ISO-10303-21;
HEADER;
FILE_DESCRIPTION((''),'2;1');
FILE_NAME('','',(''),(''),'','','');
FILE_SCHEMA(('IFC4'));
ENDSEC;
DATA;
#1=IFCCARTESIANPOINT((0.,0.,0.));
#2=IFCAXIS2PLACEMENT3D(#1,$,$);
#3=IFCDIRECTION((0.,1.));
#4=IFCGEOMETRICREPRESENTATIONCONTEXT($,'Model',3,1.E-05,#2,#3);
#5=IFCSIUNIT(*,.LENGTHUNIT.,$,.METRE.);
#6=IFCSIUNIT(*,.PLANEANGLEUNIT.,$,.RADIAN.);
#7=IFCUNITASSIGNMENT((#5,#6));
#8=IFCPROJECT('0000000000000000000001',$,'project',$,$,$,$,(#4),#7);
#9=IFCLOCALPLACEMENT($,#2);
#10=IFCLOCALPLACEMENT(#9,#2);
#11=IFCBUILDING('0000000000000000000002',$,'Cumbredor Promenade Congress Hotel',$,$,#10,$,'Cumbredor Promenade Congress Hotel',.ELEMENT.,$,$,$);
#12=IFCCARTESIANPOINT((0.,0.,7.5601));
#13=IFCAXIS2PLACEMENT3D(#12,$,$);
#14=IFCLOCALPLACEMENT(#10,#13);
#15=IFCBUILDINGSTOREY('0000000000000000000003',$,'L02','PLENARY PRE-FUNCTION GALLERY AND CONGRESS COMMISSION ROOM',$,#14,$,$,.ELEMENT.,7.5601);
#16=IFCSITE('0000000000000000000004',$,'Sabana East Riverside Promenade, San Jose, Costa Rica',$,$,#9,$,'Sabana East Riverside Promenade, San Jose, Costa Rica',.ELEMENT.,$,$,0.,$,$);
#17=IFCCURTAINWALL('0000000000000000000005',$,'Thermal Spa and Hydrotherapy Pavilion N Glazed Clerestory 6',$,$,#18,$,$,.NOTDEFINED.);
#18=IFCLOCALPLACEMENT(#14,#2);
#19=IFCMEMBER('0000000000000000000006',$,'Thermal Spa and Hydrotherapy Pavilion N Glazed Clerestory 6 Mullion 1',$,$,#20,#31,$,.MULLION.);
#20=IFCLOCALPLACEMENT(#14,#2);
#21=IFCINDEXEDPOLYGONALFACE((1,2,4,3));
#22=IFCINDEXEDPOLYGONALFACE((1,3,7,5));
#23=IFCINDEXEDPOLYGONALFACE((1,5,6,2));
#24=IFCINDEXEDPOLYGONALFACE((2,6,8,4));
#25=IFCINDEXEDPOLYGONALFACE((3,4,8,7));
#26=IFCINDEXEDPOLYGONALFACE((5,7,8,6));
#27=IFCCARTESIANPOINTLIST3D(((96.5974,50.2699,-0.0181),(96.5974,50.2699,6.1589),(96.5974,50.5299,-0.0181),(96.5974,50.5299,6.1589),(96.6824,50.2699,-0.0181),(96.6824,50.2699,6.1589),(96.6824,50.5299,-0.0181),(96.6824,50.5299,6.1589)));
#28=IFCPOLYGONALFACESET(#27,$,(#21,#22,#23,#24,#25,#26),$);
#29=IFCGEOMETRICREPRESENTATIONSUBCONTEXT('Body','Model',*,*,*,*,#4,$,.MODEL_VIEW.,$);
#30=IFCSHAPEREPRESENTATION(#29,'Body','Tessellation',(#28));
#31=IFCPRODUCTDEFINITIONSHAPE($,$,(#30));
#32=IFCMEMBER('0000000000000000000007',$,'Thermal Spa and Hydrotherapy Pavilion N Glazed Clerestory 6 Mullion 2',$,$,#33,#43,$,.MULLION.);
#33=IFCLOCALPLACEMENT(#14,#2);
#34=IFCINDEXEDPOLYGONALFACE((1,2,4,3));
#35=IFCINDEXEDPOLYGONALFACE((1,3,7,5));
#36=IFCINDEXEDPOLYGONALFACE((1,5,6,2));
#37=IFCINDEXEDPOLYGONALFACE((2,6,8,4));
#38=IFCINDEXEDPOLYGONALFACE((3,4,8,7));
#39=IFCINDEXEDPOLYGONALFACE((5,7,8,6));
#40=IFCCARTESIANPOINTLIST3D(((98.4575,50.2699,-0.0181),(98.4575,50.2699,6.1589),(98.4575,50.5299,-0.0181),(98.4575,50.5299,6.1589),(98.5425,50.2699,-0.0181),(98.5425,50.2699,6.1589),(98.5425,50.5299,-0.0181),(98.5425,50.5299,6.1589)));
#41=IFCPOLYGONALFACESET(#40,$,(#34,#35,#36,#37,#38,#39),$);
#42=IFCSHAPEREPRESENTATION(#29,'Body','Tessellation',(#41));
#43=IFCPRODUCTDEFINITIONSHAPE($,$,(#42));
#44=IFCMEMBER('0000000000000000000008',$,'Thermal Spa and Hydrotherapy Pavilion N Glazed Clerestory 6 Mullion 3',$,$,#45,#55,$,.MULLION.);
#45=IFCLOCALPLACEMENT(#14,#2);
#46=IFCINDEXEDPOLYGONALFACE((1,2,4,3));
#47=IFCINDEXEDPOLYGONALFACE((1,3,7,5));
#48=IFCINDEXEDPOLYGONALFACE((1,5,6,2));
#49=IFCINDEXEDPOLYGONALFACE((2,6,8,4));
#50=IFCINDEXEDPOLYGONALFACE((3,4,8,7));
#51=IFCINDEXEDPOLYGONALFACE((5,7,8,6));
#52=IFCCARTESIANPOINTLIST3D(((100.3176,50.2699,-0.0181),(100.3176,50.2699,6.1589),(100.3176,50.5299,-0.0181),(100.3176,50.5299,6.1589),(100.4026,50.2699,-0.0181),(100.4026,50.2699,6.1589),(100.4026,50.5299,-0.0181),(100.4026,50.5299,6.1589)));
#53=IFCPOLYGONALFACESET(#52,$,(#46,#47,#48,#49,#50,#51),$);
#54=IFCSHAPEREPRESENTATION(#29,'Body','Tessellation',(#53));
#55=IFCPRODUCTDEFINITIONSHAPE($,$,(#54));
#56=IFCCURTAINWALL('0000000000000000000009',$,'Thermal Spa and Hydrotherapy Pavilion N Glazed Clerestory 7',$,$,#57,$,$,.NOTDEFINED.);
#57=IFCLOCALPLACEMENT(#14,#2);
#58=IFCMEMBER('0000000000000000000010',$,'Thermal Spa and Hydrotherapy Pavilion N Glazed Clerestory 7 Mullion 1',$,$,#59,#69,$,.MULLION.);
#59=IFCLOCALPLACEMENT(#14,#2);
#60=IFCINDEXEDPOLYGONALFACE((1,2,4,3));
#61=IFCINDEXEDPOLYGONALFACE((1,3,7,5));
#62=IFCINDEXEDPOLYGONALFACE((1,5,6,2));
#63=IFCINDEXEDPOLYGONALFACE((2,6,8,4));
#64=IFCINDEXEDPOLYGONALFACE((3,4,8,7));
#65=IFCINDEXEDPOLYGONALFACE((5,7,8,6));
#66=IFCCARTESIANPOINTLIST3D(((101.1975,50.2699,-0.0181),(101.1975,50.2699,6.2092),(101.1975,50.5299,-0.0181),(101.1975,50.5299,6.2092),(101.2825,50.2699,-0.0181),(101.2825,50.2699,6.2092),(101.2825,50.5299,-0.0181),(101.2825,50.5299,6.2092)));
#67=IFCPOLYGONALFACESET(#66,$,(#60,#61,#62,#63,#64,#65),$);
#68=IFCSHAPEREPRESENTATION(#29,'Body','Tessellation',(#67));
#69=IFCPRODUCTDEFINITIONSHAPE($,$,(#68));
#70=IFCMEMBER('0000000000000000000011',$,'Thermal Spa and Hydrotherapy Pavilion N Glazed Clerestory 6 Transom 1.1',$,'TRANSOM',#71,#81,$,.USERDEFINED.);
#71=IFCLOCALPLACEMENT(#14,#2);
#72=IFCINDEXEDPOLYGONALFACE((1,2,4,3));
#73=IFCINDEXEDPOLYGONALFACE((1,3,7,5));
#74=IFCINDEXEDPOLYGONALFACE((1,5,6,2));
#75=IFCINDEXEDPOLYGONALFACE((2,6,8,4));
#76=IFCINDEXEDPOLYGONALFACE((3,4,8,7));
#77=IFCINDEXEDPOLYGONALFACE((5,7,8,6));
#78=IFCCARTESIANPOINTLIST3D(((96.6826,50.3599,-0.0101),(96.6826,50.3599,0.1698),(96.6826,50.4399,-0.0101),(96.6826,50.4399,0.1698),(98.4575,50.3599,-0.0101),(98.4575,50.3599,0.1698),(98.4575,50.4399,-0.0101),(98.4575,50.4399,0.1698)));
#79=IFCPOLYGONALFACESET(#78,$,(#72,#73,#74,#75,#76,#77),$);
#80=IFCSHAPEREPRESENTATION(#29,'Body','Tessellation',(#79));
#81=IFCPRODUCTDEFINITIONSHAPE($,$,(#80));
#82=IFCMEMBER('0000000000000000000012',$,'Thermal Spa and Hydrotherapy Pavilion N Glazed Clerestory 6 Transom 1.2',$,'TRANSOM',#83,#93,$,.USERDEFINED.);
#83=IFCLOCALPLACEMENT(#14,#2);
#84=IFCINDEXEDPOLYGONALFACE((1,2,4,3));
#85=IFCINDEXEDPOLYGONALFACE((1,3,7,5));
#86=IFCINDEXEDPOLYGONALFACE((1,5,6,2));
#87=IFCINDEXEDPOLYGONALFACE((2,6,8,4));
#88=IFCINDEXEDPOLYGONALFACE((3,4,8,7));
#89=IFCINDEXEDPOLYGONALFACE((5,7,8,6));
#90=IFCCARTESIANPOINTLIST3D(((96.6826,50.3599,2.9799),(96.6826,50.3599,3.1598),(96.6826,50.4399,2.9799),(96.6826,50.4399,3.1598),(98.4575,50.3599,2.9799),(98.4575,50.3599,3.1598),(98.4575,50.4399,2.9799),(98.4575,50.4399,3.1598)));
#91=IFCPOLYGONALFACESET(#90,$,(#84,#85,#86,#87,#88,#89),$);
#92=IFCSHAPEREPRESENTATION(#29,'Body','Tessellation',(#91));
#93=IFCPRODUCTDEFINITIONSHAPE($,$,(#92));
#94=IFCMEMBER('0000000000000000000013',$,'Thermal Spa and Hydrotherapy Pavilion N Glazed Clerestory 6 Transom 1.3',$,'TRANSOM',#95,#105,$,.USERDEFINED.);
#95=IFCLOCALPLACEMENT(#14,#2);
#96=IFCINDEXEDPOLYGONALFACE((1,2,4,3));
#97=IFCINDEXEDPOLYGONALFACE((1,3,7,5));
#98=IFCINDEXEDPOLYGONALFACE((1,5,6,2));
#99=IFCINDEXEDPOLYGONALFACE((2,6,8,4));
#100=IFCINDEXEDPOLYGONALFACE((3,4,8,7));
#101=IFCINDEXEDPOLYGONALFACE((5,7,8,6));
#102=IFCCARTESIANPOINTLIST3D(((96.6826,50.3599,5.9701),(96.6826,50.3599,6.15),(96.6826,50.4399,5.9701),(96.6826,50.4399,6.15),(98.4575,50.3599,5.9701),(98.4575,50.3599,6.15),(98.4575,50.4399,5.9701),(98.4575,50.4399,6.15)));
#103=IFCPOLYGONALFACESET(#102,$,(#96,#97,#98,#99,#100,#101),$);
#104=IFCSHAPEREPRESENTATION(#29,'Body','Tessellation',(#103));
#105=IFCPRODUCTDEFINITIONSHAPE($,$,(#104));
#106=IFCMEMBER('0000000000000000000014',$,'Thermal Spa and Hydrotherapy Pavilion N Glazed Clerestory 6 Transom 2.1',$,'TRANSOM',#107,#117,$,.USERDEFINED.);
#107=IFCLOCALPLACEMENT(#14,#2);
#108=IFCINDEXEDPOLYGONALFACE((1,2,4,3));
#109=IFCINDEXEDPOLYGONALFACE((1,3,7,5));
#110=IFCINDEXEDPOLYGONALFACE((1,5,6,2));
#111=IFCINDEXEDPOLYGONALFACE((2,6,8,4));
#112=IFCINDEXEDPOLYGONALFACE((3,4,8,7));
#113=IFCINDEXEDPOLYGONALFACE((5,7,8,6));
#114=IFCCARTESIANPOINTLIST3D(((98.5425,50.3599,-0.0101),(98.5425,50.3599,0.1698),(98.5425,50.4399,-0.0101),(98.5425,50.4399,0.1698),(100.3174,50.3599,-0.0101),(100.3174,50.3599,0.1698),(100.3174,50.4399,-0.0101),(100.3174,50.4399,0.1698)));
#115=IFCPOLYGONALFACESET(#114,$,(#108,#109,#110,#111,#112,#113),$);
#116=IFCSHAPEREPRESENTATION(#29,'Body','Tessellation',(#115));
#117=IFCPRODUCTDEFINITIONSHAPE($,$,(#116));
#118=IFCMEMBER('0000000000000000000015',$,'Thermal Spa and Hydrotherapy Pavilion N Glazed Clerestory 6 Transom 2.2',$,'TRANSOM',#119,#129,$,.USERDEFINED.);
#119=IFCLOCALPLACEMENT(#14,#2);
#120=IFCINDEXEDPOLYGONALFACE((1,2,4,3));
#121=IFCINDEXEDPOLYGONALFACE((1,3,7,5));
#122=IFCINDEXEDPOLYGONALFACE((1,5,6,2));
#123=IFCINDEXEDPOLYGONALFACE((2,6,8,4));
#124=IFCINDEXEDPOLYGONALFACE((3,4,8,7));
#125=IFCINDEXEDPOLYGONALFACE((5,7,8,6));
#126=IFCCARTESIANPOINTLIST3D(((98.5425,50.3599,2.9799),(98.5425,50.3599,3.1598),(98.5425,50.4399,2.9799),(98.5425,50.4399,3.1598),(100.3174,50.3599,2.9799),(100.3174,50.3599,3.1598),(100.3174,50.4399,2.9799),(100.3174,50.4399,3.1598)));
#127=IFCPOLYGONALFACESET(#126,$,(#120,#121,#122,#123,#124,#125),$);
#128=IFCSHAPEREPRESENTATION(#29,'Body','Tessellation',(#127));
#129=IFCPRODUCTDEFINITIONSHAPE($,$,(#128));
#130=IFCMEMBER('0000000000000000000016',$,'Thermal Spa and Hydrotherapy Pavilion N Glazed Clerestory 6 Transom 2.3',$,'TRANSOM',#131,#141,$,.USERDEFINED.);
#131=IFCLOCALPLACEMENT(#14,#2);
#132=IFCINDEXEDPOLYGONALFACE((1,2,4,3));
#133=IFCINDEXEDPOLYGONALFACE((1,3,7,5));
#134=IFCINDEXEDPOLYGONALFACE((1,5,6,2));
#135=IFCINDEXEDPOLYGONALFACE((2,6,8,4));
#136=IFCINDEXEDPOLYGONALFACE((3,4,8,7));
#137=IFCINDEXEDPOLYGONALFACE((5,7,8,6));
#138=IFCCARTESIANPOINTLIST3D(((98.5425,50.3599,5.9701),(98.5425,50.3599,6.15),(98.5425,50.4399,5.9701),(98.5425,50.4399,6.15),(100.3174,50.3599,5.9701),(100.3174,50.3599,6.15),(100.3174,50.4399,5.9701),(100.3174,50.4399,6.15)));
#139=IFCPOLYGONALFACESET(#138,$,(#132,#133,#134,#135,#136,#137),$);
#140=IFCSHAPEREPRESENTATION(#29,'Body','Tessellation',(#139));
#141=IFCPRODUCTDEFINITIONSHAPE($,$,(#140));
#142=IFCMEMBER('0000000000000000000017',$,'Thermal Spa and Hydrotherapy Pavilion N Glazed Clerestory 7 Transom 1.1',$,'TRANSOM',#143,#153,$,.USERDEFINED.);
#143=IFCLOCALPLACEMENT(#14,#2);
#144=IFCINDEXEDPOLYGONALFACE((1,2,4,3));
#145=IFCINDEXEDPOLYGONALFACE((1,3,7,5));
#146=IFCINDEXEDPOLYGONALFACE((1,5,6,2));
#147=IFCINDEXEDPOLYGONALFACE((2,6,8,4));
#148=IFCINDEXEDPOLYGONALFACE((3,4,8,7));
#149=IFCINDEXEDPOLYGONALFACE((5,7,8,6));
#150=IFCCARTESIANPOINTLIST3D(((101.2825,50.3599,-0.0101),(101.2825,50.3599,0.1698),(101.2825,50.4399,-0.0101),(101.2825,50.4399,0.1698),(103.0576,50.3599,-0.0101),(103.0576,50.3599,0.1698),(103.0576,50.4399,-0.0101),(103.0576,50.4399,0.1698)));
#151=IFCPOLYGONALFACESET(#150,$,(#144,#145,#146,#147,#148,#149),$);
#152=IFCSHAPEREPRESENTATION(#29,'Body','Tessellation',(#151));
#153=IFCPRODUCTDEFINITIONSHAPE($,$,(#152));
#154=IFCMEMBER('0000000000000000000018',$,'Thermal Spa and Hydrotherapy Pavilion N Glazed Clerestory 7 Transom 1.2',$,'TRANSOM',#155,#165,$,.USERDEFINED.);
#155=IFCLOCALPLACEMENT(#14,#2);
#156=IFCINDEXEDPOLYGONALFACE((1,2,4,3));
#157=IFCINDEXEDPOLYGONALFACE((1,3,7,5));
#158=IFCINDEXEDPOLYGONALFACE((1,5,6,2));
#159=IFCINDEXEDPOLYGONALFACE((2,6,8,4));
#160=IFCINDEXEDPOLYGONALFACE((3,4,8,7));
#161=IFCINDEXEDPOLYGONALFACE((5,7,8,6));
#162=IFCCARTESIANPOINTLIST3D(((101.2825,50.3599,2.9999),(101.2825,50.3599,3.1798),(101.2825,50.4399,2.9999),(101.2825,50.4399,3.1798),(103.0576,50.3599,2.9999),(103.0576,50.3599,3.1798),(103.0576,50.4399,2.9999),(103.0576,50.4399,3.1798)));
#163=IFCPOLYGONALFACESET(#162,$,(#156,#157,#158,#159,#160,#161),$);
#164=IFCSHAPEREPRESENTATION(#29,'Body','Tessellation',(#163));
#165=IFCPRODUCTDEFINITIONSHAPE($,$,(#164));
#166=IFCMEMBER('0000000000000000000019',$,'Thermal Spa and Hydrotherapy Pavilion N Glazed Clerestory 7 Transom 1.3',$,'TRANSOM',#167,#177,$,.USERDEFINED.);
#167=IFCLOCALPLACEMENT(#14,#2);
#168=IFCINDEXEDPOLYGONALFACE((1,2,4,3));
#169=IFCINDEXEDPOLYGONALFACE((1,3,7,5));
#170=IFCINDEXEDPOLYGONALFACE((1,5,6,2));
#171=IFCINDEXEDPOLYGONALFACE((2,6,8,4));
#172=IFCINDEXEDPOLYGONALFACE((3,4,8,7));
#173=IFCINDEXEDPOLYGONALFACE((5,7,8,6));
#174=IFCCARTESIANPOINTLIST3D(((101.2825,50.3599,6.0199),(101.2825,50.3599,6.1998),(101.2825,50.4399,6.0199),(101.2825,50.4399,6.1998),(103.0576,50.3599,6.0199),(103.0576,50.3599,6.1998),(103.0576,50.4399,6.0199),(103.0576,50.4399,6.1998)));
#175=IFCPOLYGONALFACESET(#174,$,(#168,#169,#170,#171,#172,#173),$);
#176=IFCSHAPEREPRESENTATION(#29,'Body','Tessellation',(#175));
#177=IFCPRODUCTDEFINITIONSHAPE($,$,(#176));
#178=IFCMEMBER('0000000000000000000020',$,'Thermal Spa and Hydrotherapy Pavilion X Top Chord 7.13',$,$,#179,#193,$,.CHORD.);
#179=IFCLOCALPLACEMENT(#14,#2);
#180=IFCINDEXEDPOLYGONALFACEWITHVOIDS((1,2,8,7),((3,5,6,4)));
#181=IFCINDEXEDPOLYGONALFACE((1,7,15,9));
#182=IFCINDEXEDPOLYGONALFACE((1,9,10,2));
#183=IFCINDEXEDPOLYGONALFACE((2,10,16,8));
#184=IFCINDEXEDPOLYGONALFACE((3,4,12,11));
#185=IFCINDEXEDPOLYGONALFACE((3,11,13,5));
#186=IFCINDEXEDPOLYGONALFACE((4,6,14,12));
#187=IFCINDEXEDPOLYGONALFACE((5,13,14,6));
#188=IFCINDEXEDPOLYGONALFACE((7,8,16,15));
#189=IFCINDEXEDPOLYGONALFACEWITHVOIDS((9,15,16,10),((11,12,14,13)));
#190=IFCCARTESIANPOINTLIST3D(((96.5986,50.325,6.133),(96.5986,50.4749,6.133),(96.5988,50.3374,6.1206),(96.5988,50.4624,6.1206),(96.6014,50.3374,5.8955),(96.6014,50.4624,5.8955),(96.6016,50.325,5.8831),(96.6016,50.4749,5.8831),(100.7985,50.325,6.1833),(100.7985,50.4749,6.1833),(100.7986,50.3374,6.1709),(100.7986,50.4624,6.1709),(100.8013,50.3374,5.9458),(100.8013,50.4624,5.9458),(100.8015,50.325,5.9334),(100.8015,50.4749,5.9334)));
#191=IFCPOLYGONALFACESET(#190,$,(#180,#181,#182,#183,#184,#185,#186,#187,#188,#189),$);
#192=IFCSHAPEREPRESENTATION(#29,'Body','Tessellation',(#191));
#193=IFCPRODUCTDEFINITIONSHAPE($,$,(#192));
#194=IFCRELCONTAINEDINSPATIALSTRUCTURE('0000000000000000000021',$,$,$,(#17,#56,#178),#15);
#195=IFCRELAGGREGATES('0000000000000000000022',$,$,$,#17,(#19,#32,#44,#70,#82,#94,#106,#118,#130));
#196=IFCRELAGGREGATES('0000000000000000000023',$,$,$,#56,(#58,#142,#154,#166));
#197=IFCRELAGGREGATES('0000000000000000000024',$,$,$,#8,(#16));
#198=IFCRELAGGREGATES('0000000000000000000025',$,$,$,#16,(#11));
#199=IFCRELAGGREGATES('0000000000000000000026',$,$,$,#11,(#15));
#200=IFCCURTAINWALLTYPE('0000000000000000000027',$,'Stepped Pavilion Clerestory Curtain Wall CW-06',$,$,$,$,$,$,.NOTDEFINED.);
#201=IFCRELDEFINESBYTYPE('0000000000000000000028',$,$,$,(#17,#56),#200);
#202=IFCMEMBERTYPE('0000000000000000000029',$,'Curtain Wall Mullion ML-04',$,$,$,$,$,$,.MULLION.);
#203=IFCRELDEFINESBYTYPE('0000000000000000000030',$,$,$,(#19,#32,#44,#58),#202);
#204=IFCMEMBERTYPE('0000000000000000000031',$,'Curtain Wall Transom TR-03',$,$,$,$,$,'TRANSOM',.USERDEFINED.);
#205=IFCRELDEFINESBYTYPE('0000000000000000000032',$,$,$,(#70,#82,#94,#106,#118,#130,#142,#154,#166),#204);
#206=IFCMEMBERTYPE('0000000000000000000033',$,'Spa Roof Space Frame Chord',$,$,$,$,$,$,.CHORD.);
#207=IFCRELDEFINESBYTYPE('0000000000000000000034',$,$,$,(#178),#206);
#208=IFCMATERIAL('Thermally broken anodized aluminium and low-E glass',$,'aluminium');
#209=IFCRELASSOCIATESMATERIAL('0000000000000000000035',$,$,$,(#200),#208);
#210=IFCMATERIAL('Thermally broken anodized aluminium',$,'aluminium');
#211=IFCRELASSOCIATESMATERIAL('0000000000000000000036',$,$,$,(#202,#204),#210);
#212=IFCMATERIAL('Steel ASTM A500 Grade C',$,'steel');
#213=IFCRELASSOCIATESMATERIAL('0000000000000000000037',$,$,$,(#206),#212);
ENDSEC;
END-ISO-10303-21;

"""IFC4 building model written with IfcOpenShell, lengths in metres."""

from ifc_helpers import new_model, si_unit, direction, frame, origin, origin_2d, place, context, subcontext, project, spatial, rectangle, hollow_rectangle, extrude, material, material_profile, profile_set, type_object, element, aggregate, save


model = new_model("IFC4")

# Units and contexts
model_context = context("Model", 3, precision=1e-05, world=origin(), true_north=direction((0.0, 1.0)))
body_context = subcontext(model_context, "Body", "Model", "MODEL_VIEW")
ifc_project = project(units=[si_unit("LENGTHUNIT", "METRE"), si_unit("PLANEANGLEUNIT", "RADIAN")], contexts=[model_context])

# Site, building, storey
site_placement = place(None, origin())
site = spatial("IfcSite", under=ifc_project, at=site_placement, Name="Sabana East Riverside Promenade, San Jose, Costa Rica", LongName="Sabana East Riverside Promenade, San Jose, Costa Rica", CompositionType="ELEMENT", RefElevation=0.0)
building_placement = place(site_placement, origin())
building = spatial("IfcBuilding", under=site, at=building_placement, Name="Cumbredor Promenade Congress Hotel", LongName="Cumbredor Promenade Congress Hotel", CompositionType="ELEMENT")
storey_placement = place(building_placement, frame((0.0, 0.0, 7.5601)))
storey = spatial("IfcBuildingStorey", under=building, at=storey_placement, Name="L02", Description="PLENARY PRE-FUNCTION GALLERY AND CONGRESS COMMISSION ROOM", CompositionType="ELEMENT", Elevation=7.5601)

# Curtain wall, members
ifc_material_1 = material(Name="Thermally broken anodized aluminium and low-E glass", Category="aluminium")
curtain_wall_type = type_object("IfcCurtainWallType", Name="Stepped Pavilion Clerestory Curtain Wall CW-06", PredefinedType="NOTDEFINED", material=ifc_material_1)
curtain_wall_1_placement = place(storey_placement, origin())
curtain_wall_1 = element("IfcCurtainWall", 1, at=curtain_wall_1_placement, inside=storey, type_object=curtain_wall_type, Name="Thermal Spa and Hydrotherapy Pavilion N Glazed Clerestory 6", PredefinedType="NOTDEFINED")
ifc_material_2 = material(Name="Thermally broken anodized aluminium", Category="aluminium")
ifc_material_profile_1 = material_profile(ifc_material_2, rectangle(XDim=0.085, YDim=0.26, at=origin_2d()), Name="ALU MULLION CLERESTORY 85x260")
ifc_profile_set_1 = profile_set([ifc_material_profile_1], Name="Thermally broken anodized aluminium")
member_type_1 = type_object("IfcMemberType", Name="Curtain Wall Mullion ML-04", PredefinedType="MULLION", material=ifc_profile_set_1)
member_1_placement = place(storey_placement, frame((96.6399, 50.3999, -0.0181), z_axis=(0.0, 0.0, 1.0), x_axis=(1.0, 0.0, 0.0)))
member_1 = element("IfcMember", 2, at=member_1_placement, type_object=member_type_1, Name="Thermal Spa and Hydrotherapy Pavilion N Glazed Clerestory 6 Mullion 1", PredefinedType="MULLION", context=body_context, shape_type="SweptSolid", body=[
    extrude(rectangle(XDim=0.085, YDim=0.26, at=origin_2d()), origin(), (0.0, 0.0, 1.0), 6.177),
])
member_2_placement = place(storey_placement, frame((98.5, 50.3999, -0.0181), z_axis=(0.0, 0.0, 1.0), x_axis=(1.0, 0.0, 0.0)))
member_2 = element("IfcMember", 3, at=member_2_placement, type_object=member_type_1, Name="Thermal Spa and Hydrotherapy Pavilion N Glazed Clerestory 6 Mullion 2", PredefinedType="MULLION", context=body_context, shape_type="SweptSolid", body=[
    extrude(rectangle(XDim=0.085, YDim=0.26, at=origin_2d()), origin(), (0.0, 0.0, 1.0), 6.177),
])
member_3_placement = place(storey_placement, frame((100.3601, 50.3999, -0.0181), z_axis=(0.0, 0.0, 1.0), x_axis=(1.0, 0.0, 0.0)))
member_3 = element("IfcMember", 4, at=member_3_placement, type_object=member_type_1, Name="Thermal Spa and Hydrotherapy Pavilion N Glazed Clerestory 6 Mullion 3", PredefinedType="MULLION", context=body_context, shape_type="SweptSolid", body=[
    extrude(rectangle(XDim=0.085, YDim=0.26, at=origin_2d()), origin(), (0.0, 0.0, 1.0), 6.177),
])

# Curtain wall, member
curtain_wall_2_placement = place(storey_placement, origin())
curtain_wall_2 = element("IfcCurtainWall", 5, at=curtain_wall_2_placement, inside=storey, type_object=curtain_wall_type, Name="Thermal Spa and Hydrotherapy Pavilion N Glazed Clerestory 7", PredefinedType="NOTDEFINED")
member_4_placement = place(storey_placement, frame((101.24, 50.3999, -0.0181), z_axis=(0.0, 0.0, 1.0), x_axis=(1.0, 0.0, 0.0)))
member_4 = element("IfcMember", 6, at=member_4_placement, type_object=member_type_1, Name="Thermal Spa and Hydrotherapy Pavilion N Glazed Clerestory 7 Mullion 1", PredefinedType="MULLION", context=body_context, shape_type="SweptSolid", body=[
    extrude(rectangle(XDim=0.085, YDim=0.26, at=origin_2d()), origin(), (0.0, 0.0, 1.0), 6.2273),
])

# Members
ifc_material_profile_2 = material_profile(ifc_material_2, rectangle(XDim=0.0801, YDim=0.1799, at=origin_2d()), Name="ALU TRANSOM 80x180")
ifc_profile_set_2 = profile_set([ifc_material_profile_2], Name="Thermally broken anodized aluminium")
member_type_2 = type_object("IfcMemberType", Name="Curtain Wall Transom TR-03", ElementType="TRANSOM", PredefinedType="USERDEFINED", material=ifc_profile_set_2)
member_5_placement = place(storey_placement, frame((96.6826, 50.3999, 0.0798), z_axis=(1.0, 0.0, 0.0), x_axis=(0.0, 1.0, 0.0)))
member_5 = element("IfcMember", 7, at=member_5_placement, type_object=member_type_2, Name="Thermal Spa and Hydrotherapy Pavilion N Glazed Clerestory 6 Transom 1.1", ObjectType="TRANSOM", PredefinedType="USERDEFINED", context=body_context, shape_type="SweptSolid", body=[
    extrude(rectangle(XDim=0.0801, YDim=0.1799, at=origin_2d()), origin(), (0.0, 0.0, 1.0), 1.7749),
])
member_6_placement = place(storey_placement, frame((96.6826, 50.3999, 3.0698), z_axis=(1.0, 0.0, 0.0), x_axis=(0.0, 1.0, 0.0)))
member_6 = element("IfcMember", 8, at=member_6_placement, type_object=member_type_2, Name="Thermal Spa and Hydrotherapy Pavilion N Glazed Clerestory 6 Transom 1.2", ObjectType="TRANSOM", PredefinedType="USERDEFINED", context=body_context, shape_type="SweptSolid", body=[
    extrude(rectangle(XDim=0.0801, YDim=0.1799, at=origin_2d()), origin(), (0.0, 0.0, 1.0), 1.7749),
])
member_7_placement = place(storey_placement, frame((96.6826, 50.3999, 6.0601), z_axis=(1.0, 0.0, 0.0), x_axis=(0.0, 1.0, 0.0)))
member_7 = element("IfcMember", 9, at=member_7_placement, type_object=member_type_2, Name="Thermal Spa and Hydrotherapy Pavilion N Glazed Clerestory 6 Transom 1.3", ObjectType="TRANSOM", PredefinedType="USERDEFINED", context=body_context, shape_type="SweptSolid", body=[
    extrude(rectangle(XDim=0.0801, YDim=0.1799, at=origin_2d()), origin(), (0.0, 0.0, 1.0), 1.7749),
])
member_8_placement = place(storey_placement, frame((98.5425, 50.3999, 0.0798), z_axis=(1.0, 0.0, 0.0), x_axis=(0.0, 1.0, 0.0)))
member_8 = element("IfcMember", 10, at=member_8_placement, type_object=member_type_2, Name="Thermal Spa and Hydrotherapy Pavilion N Glazed Clerestory 6 Transom 2.1", ObjectType="TRANSOM", PredefinedType="USERDEFINED", context=body_context, shape_type="SweptSolid", body=[
    extrude(rectangle(XDim=0.0801, YDim=0.1799, at=origin_2d()), origin(), (0.0, 0.0, 1.0), 1.7749),
])
member_9_placement = place(storey_placement, frame((98.5425, 50.3999, 3.0698), z_axis=(1.0, 0.0, 0.0), x_axis=(0.0, 1.0, 0.0)))
member_9 = element("IfcMember", 11, at=member_9_placement, type_object=member_type_2, Name="Thermal Spa and Hydrotherapy Pavilion N Glazed Clerestory 6 Transom 2.2", ObjectType="TRANSOM", PredefinedType="USERDEFINED", context=body_context, shape_type="SweptSolid", body=[
    extrude(rectangle(XDim=0.0801, YDim=0.1799, at=origin_2d()), origin(), (0.0, 0.0, 1.0), 1.7749),
])
member_10_placement = place(storey_placement, frame((98.5425, 50.3999, 6.0601), z_axis=(1.0, 0.0, 0.0), x_axis=(0.0, 1.0, 0.0)))
member_10 = element("IfcMember", 12, at=member_10_placement, type_object=member_type_2, Name="Thermal Spa and Hydrotherapy Pavilion N Glazed Clerestory 6 Transom 2.3", ObjectType="TRANSOM", PredefinedType="USERDEFINED", context=body_context, shape_type="SweptSolid", body=[
    extrude(rectangle(XDim=0.0801, YDim=0.1799, at=origin_2d()), origin(), (0.0, 0.0, 1.0), 1.7749),
])
member_11_placement = place(storey_placement, frame((101.2825, 50.3999, 0.0798), z_axis=(1.0, 0.0, 0.0), x_axis=(0.0, 1.0, 0.0)))
member_11 = element("IfcMember", 13, at=member_11_placement, type_object=member_type_2, Name="Thermal Spa and Hydrotherapy Pavilion N Glazed Clerestory 7 Transom 1.1", ObjectType="TRANSOM", PredefinedType="USERDEFINED", context=body_context, shape_type="SweptSolid", body=[
    extrude(rectangle(XDim=0.0801, YDim=0.1799, at=origin_2d()), origin(), (0.0, 0.0, 1.0), 1.7751),
])
member_12_placement = place(storey_placement, frame((101.2825, 50.3999, 3.0898), z_axis=(1.0, 0.0, 0.0), x_axis=(0.0, 1.0, 0.0)))
member_12 = element("IfcMember", 14, at=member_12_placement, type_object=member_type_2, Name="Thermal Spa and Hydrotherapy Pavilion N Glazed Clerestory 7 Transom 1.2", ObjectType="TRANSOM", PredefinedType="USERDEFINED", context=body_context, shape_type="SweptSolid", body=[
    extrude(rectangle(XDim=0.0801, YDim=0.1799, at=origin_2d()), origin(), (0.0, 0.0, 1.0), 1.7751),
])
member_13_placement = place(storey_placement, frame((101.2825, 50.3999, 6.1099), z_axis=(1.0, 0.0, 0.0), x_axis=(0.0, 1.0, 0.0)))
member_13 = element("IfcMember", 15, at=member_13_placement, type_object=member_type_2, Name="Thermal Spa and Hydrotherapy Pavilion N Glazed Clerestory 7 Transom 1.3", ObjectType="TRANSOM", PredefinedType="USERDEFINED", context=body_context, shape_type="SweptSolid", body=[
    extrude(rectangle(XDim=0.0801, YDim=0.1799, at=origin_2d()), origin(), (0.0, 0.0, 1.0), 1.7751),
])

# Member
ifc_material_3 = material(Name="Steel ASTM A500 Grade C", Category="steel")
ifc_material_profile_3 = material_profile(ifc_material_3, hollow_rectangle(XDim=0.1499, YDim=0.25, WallThickness=0.0125, at=origin_2d()), Name="HSS 250x150x12.5")
ifc_profile_set_3 = profile_set([ifc_material_profile_3], Name="Steel ASTM A500 Grade C")
member_type_3 = type_object("IfcMemberType", Name="Spa Roof Space Frame Chord", PredefinedType="CHORD", material=ifc_profile_set_3)
for number, where, z_axis, x_axis, name in (
    (16, (96.6001, 50.3999, 6.0081), (0.999928, 0.0, 0.011974), (0.0, 1.0, 0.0), "Thermal Spa and Hydrotherapy Pavilion X Top Chord 7.13"),
):
    element("IfcMember", number, at=place(storey_placement, frame(where, z_axis=z_axis, x_axis=x_axis)), inside=storey, type_object=member_type_3, Name=name, PredefinedType="CHORD", context=body_context, shape_type="SweptSolid", body=[
        extrude(hollow_rectangle(XDim=0.1499, YDim=0.25, WallThickness=0.0125, at=origin_2d()), origin(), (0.0, 0.0, 1.0), 4.2002),
    ])

aggregate(curtain_wall_1, [member_1, member_2, member_3, member_5, member_6, member_7, member_8, member_9, member_10])
aggregate(curtain_wall_2, [member_4, member_11, member_12, member_13])

save(model, "model.ifc")
